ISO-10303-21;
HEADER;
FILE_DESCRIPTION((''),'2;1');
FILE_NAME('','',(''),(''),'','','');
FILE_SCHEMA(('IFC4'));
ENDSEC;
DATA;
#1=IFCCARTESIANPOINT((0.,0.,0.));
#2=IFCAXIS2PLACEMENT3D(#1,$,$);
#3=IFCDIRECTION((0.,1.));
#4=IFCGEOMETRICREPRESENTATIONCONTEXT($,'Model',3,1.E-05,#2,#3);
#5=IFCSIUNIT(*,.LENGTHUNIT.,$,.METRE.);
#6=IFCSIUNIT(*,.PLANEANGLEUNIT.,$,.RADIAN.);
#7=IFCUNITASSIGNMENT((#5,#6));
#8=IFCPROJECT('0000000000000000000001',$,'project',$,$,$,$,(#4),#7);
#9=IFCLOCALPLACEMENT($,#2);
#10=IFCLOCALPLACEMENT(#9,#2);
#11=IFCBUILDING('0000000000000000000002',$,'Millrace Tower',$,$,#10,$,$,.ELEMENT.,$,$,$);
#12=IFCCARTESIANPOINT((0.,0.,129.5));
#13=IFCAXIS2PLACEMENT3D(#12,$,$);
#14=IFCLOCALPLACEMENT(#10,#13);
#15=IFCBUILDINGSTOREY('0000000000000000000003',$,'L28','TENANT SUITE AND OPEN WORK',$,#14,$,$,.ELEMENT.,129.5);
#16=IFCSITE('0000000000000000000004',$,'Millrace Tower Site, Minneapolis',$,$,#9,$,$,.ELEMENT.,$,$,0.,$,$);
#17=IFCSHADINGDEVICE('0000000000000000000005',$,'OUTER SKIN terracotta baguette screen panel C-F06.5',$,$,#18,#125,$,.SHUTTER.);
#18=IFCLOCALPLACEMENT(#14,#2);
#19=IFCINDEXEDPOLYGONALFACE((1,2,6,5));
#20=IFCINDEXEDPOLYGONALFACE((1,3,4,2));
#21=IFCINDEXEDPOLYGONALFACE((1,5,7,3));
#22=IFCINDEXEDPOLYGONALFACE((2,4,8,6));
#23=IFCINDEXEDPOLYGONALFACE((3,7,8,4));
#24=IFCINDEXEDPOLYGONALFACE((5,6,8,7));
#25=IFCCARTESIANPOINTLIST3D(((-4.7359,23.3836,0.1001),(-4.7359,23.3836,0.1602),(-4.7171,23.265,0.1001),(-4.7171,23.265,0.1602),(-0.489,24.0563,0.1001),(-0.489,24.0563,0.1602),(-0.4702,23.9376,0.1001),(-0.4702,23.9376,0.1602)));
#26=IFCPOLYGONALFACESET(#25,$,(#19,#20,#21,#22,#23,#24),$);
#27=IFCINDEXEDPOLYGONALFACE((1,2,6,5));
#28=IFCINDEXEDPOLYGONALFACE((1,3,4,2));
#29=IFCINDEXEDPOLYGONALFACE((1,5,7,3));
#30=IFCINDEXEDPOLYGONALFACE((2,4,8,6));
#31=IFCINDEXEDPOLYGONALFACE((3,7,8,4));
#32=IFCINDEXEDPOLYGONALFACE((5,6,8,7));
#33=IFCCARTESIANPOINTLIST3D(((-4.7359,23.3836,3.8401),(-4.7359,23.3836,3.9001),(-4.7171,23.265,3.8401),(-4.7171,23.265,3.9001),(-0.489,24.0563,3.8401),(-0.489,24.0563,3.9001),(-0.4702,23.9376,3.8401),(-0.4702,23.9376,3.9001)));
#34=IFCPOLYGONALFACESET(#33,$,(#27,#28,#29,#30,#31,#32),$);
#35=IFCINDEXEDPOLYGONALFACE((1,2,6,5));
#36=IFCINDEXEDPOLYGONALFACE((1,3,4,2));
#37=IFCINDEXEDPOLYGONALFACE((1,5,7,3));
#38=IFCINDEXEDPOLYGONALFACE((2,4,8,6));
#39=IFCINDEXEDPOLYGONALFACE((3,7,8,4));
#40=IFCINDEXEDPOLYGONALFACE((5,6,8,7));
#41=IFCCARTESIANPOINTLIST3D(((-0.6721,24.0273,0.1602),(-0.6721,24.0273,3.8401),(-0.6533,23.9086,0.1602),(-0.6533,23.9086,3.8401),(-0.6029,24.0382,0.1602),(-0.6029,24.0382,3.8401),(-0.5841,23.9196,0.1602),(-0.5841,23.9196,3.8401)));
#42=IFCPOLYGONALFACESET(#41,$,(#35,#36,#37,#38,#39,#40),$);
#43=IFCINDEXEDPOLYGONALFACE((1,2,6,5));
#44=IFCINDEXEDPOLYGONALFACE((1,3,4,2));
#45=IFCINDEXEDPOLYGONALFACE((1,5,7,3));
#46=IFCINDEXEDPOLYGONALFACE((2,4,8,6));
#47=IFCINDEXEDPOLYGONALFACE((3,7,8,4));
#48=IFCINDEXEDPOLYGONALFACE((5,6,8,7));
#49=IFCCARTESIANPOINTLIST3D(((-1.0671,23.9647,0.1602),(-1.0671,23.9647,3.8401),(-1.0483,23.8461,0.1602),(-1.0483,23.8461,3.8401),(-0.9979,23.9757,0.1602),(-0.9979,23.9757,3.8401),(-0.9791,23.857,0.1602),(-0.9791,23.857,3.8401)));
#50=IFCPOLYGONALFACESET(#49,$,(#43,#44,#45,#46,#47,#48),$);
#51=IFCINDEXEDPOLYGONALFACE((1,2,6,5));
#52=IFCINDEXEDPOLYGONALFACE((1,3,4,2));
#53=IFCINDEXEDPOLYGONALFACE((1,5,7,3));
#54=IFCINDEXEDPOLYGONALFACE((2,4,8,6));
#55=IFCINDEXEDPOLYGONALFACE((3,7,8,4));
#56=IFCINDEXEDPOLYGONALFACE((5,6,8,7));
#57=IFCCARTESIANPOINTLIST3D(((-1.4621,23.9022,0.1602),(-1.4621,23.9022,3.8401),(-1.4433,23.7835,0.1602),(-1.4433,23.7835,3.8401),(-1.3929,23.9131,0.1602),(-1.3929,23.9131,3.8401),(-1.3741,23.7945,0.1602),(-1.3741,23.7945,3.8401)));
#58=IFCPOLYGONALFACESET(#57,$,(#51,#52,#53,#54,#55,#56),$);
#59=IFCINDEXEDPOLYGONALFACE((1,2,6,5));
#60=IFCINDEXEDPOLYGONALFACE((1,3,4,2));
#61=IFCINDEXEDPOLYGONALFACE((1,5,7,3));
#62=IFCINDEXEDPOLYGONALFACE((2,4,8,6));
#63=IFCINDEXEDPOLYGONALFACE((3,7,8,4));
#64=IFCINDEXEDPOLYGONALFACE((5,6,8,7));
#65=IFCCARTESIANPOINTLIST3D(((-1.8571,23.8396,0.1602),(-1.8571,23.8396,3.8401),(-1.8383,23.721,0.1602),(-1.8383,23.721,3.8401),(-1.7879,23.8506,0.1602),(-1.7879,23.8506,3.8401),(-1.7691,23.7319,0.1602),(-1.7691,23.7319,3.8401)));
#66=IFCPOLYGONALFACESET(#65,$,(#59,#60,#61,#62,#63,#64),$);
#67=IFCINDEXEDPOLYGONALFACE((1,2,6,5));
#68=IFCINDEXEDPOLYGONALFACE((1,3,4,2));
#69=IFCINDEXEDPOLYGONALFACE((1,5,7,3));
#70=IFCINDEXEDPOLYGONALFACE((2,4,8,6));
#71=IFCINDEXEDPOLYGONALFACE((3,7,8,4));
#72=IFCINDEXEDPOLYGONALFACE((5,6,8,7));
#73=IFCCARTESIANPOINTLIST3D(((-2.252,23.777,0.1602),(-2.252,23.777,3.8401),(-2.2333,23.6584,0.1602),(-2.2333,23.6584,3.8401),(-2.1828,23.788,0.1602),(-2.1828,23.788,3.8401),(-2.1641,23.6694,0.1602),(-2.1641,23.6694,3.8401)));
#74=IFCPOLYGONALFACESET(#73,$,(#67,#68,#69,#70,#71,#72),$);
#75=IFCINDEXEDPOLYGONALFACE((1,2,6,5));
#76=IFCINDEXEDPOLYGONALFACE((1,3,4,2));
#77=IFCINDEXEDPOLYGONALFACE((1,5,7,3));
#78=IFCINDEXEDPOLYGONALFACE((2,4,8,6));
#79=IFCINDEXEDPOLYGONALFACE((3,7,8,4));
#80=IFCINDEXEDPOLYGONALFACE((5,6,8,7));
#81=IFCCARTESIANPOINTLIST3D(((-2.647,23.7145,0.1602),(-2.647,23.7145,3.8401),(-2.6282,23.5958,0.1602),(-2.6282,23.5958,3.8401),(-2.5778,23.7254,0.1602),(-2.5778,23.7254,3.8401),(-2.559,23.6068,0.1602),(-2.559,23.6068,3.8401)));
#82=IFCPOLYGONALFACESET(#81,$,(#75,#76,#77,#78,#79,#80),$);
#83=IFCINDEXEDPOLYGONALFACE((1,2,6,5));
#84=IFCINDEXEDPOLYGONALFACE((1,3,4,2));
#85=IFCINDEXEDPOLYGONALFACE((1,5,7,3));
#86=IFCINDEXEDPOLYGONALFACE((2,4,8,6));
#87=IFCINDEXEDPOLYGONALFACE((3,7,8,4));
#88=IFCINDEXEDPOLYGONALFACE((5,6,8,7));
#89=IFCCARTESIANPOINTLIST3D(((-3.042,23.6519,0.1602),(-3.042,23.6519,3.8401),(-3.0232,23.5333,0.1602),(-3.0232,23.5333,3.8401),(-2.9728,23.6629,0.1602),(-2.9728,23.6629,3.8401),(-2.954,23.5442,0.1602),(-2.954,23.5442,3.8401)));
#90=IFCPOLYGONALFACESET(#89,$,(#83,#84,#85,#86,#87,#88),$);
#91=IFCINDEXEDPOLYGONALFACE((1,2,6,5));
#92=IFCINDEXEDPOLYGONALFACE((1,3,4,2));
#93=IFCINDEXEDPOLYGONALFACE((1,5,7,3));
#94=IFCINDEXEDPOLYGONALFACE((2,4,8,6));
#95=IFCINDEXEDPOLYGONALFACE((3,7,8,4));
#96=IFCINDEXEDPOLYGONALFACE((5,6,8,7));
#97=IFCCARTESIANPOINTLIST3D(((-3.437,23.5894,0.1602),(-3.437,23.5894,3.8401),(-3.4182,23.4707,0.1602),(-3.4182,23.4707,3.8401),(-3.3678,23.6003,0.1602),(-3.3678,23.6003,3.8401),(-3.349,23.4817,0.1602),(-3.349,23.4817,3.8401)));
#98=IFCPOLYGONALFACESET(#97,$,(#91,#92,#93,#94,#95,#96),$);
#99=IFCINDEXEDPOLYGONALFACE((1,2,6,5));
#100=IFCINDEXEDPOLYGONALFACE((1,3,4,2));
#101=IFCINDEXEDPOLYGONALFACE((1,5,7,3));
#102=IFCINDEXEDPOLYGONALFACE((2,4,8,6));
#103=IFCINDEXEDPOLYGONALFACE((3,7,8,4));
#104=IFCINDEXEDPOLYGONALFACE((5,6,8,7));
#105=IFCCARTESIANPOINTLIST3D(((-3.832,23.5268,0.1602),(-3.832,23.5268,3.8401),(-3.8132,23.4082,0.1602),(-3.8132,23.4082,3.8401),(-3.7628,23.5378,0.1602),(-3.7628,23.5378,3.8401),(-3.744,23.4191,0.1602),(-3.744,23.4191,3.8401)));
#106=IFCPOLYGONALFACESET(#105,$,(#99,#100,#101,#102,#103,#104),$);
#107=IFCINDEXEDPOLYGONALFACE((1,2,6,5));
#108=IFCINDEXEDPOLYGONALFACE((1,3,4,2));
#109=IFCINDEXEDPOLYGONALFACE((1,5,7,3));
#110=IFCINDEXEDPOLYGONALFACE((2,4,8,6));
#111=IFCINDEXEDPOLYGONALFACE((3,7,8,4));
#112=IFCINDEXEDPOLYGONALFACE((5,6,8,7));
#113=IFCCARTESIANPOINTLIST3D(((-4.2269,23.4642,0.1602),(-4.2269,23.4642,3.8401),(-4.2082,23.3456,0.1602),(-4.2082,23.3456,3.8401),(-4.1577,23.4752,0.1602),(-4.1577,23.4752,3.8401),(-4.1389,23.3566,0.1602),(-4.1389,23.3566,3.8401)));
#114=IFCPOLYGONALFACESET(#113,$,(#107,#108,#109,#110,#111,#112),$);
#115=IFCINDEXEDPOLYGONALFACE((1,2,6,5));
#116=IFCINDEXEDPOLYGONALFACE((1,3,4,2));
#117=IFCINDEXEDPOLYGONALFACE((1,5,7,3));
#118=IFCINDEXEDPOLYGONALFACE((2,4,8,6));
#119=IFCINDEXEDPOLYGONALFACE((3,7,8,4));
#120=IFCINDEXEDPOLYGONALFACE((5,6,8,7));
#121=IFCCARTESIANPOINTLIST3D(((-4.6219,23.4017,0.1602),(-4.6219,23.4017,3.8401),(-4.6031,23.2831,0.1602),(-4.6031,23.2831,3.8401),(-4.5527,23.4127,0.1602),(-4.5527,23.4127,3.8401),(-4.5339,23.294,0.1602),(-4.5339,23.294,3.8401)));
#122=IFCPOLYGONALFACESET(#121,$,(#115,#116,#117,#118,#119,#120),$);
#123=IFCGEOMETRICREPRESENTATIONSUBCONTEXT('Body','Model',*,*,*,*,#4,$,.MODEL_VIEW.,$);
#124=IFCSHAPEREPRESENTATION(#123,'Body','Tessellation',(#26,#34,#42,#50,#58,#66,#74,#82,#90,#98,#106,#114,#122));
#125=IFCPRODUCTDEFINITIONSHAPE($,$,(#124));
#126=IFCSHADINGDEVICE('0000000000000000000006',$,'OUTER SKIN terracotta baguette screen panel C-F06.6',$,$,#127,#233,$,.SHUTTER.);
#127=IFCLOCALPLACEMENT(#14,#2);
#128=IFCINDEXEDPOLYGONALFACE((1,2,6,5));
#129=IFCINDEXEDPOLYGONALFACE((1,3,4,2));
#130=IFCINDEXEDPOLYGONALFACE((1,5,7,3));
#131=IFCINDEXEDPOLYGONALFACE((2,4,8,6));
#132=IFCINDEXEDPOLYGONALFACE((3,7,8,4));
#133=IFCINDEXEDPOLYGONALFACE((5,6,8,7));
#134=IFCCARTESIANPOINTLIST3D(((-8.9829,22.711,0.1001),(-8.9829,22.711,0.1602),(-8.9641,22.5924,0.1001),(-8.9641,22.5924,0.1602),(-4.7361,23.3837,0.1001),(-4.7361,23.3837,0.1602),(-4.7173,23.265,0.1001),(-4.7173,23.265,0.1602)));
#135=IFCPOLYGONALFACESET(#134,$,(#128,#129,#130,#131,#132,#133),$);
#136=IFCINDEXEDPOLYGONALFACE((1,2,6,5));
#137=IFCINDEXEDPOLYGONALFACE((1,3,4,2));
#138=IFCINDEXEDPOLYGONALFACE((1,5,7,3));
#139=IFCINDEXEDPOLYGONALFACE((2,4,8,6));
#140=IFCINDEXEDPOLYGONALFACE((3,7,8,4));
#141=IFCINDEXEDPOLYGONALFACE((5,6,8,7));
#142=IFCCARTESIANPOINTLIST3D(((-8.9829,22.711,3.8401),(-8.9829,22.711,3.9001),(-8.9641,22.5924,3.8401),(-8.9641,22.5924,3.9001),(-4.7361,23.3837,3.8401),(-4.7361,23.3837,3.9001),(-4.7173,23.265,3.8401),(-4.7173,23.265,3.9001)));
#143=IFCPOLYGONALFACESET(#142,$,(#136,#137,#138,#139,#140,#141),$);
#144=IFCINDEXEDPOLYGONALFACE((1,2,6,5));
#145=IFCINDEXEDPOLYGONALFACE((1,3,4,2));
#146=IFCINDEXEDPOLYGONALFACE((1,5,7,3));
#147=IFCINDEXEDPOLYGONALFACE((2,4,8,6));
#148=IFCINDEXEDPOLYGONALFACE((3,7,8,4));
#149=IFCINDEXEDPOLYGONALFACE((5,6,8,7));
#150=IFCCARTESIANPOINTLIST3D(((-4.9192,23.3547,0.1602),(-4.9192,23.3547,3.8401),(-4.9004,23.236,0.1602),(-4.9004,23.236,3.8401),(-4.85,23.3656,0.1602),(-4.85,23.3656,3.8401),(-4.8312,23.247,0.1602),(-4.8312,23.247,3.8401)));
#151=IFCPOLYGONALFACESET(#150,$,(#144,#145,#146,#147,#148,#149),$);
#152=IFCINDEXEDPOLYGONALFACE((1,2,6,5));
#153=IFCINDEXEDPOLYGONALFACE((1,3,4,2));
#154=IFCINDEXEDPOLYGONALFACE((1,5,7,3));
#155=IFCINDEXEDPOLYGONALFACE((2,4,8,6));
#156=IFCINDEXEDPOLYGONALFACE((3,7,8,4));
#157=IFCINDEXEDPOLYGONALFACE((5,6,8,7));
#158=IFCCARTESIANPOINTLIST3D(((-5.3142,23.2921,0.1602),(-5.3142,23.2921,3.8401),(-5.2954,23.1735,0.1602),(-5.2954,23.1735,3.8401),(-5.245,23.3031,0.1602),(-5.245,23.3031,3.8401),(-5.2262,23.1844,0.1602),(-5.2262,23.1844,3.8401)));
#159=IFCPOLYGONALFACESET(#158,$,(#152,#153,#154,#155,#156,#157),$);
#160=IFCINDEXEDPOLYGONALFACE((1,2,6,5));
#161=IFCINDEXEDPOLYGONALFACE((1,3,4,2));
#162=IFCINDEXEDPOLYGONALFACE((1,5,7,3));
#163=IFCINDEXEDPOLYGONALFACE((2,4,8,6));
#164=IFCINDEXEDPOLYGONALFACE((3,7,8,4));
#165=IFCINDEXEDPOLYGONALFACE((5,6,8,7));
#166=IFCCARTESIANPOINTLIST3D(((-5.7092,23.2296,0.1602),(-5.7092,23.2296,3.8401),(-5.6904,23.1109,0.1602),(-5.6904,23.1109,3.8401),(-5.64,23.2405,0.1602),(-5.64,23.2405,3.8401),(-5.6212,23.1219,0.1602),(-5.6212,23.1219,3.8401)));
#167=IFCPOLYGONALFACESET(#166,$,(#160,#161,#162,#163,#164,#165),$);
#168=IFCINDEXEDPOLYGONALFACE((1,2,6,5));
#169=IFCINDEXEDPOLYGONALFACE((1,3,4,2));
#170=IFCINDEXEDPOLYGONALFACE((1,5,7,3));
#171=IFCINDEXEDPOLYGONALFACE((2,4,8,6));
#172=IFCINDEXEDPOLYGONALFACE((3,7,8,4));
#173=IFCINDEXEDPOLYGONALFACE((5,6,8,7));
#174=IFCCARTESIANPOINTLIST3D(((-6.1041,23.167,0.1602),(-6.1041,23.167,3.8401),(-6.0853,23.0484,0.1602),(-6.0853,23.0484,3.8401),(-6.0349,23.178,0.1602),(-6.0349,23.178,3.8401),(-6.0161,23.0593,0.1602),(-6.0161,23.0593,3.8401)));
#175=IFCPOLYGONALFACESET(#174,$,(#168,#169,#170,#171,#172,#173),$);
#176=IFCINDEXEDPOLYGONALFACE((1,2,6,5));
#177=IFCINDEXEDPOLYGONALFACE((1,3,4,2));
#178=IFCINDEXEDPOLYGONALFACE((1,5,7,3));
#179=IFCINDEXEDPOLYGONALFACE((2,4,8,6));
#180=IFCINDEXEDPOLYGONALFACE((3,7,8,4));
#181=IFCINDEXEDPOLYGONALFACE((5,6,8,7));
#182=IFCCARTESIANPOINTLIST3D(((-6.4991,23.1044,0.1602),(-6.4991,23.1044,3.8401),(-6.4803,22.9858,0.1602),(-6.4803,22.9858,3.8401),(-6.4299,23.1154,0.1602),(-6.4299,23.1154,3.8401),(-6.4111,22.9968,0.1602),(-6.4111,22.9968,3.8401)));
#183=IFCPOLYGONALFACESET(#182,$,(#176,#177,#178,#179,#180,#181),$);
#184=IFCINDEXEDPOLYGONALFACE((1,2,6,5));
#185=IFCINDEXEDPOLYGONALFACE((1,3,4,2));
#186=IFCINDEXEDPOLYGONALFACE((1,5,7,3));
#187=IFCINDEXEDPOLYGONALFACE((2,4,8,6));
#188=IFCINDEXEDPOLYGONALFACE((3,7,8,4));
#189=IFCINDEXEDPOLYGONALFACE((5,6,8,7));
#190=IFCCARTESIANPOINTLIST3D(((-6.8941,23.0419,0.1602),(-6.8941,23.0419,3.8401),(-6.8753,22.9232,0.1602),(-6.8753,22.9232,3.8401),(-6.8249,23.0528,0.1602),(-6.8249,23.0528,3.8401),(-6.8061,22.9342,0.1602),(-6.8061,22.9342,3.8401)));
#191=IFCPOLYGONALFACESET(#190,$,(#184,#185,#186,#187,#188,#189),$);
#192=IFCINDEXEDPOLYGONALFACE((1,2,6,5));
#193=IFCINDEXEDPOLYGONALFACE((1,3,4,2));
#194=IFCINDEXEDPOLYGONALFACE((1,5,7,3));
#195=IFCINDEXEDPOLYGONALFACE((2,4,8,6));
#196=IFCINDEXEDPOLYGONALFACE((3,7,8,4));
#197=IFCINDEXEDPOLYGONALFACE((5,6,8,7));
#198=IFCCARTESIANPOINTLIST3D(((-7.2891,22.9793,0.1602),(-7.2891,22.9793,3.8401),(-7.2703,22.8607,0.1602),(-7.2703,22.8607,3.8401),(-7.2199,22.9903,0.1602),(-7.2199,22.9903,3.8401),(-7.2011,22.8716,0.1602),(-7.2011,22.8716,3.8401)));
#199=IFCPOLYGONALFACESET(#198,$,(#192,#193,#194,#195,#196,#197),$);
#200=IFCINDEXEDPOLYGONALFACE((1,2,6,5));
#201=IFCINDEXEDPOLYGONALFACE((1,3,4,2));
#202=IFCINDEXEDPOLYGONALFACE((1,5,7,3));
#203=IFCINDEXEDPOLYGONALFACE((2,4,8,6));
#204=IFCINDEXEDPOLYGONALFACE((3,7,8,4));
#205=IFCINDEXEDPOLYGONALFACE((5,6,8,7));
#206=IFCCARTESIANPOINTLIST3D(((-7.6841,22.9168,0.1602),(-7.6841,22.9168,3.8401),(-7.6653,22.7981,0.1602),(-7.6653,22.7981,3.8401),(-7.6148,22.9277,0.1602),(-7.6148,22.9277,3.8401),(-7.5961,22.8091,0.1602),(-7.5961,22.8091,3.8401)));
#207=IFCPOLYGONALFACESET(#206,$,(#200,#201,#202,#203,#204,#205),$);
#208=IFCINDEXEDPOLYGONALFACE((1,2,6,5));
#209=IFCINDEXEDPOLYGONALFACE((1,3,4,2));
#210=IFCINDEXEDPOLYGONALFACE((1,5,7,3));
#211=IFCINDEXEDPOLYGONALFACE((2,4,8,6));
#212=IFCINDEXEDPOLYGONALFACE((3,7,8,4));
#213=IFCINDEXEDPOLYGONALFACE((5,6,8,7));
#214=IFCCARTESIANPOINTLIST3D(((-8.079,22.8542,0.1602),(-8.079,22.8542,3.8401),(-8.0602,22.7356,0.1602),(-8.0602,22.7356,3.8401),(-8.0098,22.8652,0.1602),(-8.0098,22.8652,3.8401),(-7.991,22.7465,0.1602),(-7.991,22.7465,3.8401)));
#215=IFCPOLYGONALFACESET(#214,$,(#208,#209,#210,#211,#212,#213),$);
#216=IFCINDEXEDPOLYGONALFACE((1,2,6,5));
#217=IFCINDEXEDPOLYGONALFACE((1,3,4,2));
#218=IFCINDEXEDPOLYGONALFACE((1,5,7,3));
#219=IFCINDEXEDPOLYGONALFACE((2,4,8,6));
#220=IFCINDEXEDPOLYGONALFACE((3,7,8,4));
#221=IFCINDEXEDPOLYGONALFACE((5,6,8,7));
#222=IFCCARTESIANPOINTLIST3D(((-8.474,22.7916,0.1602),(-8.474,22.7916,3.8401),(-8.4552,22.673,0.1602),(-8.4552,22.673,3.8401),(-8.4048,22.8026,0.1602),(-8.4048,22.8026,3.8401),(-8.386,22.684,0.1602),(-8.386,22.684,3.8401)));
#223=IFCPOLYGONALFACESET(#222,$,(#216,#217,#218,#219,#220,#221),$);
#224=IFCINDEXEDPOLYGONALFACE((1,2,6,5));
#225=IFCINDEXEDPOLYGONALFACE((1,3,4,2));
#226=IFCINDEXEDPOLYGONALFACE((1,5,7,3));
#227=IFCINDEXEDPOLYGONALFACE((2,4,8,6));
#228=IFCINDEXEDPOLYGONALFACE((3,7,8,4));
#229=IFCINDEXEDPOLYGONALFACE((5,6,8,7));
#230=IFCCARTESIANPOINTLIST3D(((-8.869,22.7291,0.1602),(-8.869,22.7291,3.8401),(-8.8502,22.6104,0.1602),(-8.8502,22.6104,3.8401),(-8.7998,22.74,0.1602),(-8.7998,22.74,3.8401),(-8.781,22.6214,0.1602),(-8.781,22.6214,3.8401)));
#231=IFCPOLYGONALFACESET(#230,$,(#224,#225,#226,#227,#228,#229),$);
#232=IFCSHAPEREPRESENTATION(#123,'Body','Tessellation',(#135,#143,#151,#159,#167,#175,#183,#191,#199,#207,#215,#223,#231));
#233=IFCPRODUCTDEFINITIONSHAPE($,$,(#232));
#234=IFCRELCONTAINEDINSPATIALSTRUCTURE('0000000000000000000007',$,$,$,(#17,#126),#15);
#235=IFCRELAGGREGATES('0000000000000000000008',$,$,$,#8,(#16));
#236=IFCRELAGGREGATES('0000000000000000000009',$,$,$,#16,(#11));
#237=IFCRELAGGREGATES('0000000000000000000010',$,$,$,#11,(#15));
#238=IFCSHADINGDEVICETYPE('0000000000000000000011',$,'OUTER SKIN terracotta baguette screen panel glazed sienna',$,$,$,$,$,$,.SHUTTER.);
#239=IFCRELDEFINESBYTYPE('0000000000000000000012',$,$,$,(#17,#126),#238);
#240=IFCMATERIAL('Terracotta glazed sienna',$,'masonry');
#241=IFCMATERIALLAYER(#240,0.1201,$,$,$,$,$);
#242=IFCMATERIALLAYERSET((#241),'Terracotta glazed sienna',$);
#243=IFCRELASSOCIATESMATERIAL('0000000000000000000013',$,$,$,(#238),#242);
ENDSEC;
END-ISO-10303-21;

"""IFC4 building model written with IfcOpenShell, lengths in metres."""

from ifc_helpers import new_model, entity, si_unit, direction, frame, frame_2d, origin, origin_2d, place, context, subcontext, project, spatial, rectangle, extrude, source, transform, mapped, material, layer, layer_set, type_object, element, save


model = new_model("IFC4")

# Units and contexts
model_context = context("Model", 3, precision=1e-05, world=origin(), true_north=direction((0.0, 1.0)))
body_context = subcontext(model_context, "Body", "Model", "MODEL_VIEW")
ifc_project = project(units=[si_unit("LENGTHUNIT", "METRE"), si_unit("PLANEANGLEUNIT", "RADIAN")], contexts=[model_context])

# Site, building, storey
site_placement = place(None, origin())
site = spatial("IfcSite", under=ifc_project, at=site_placement, Name="Millrace Tower Site, Minneapolis", CompositionType="ELEMENT", RefElevation=0.0)
building_placement = place(site_placement, origin())
building = spatial("IfcBuilding", under=site, at=building_placement, Name="Millrace Tower", CompositionType="ELEMENT")
storey_placement = place(building_placement, frame((0.0, 0.0, 129.5)))
storey = spatial("IfcBuildingStorey", under=building, at=storey_placement, Name="L28", Description="TENANT SUITE AND OPEN WORK", CompositionType="ELEMENT", Elevation=129.5)

# Shading devices
ifc_material_1 = material(Name="Terracotta glazed sienna", Category="masonry")
ifc_layer_1 = layer(ifc_material_1, 0.1201)
ifc_layer_set_1 = layer_set([ifc_layer_1], Name="Terracotta glazed sienna")
shading_device_type = type_object("IfcShadingDeviceType", Name="OUTER SKIN terracotta baguette screen panel glazed sienna", PredefinedType="SHUTTER", material=ifc_layer_set_1)
cartesian_point = entity("IfcCartesianPoint", [-2.1499, 0.0601])
shared_polyline = entity("IfcPolyline", [cartesian_point, entity("IfcCartesianPoint", [2.1499, 0.0601]), entity("IfcCartesianPoint", [2.1499, -0.0601]), entity("IfcCartesianPoint", [-2.1499, -0.0601]), cartesian_point])
shared_shape = source(origin(), body_context, "Body", "SweptSolid", [
    entity("IfcExtrudedAreaSolid", entity("IfcArbitraryClosedProfileDef", "AREA", None, shared_polyline), entity("IfcAxis2Placement3D", entity("IfcCartesianPoint", [0.0, 0.0, 0.0])), entity("IfcDirection", [0.0, 0.0, 1.0]), 0.0601),
    entity("IfcExtrudedAreaSolid", entity("IfcArbitraryClosedProfileDef", "AREA", None, shared_polyline), entity("IfcAxis2Placement3D", entity("IfcCartesianPoint", [0.0, 0.0, 3.74])), entity("IfcDirection", [0.0, 0.0, 1.0]), 0.0601),
    extrude(rectangle(XDim=0.0701, YDim=0.1201, at=frame_2d((-1.9995, 0.0))), frame((0.0, 0.0, 0.0601)), (0.0, 0.0, 1.0), 3.6799),
    extrude(rectangle(XDim=0.0701, YDim=0.1201, at=frame_2d((-1.5996, 0.0))), frame((0.0, 0.0, 0.0601)), (0.0, 0.0, 1.0), 3.6799),
    extrude(rectangle(XDim=0.0701, YDim=0.1201, at=frame_2d((-1.1997, 0.0))), frame((0.0, 0.0, 0.0601)), (0.0, 0.0, 1.0), 3.6799),
    extrude(rectangle(XDim=0.0701, YDim=0.1201, at=frame_2d((-0.7998, 0.0))), frame((0.0, 0.0, 0.0601)), (0.0, 0.0, 1.0), 3.6799),
    extrude(rectangle(XDim=0.0701, YDim=0.1201, at=frame_2d((-0.3999, 0.0))), frame((0.0, 0.0, 0.0601)), (0.0, 0.0, 1.0), 3.6799),
    extrude(rectangle(XDim=0.0701, YDim=0.1201, at=origin_2d()), frame((0.0, 0.0, 0.0601)), (0.0, 0.0, 1.0), 3.6799),
    extrude(rectangle(XDim=0.0701, YDim=0.1201, at=frame_2d((0.3999, 0.0))), frame((0.0, 0.0, 0.0601)), (0.0, 0.0, 1.0), 3.6799),
    extrude(rectangle(XDim=0.0701, YDim=0.1201, at=frame_2d((0.7998, 0.0))), frame((0.0, 0.0, 0.0601)), (0.0, 0.0, 1.0), 3.6799),
    extrude(rectangle(XDim=0.0701, YDim=0.1201, at=frame_2d((1.1997, 0.0))), frame((0.0, 0.0, 0.0601)), (0.0, 0.0, 1.0), 3.6799),
    extrude(rectangle(XDim=0.0701, YDim=0.1201, at=frame_2d((1.5996, 0.0))), frame((0.0, 0.0, 0.0601)), (0.0, 0.0, 1.0), 3.6799),
    extrude(rectangle(XDim=0.0701, YDim=0.1201, at=frame_2d((1.9995, 0.0))), frame((0.0, 0.0, 0.0601)), (0.0, 0.0, 1.0), 3.6799),
])
for number, where, z_axis, x_axis, name in (
    (1, (-2.603, 23.6606, 0.1001), (0.0, 0.0, 1.0), (-0.987688, -0.156434, 0.0), "OUTER SKIN terracotta baguette screen panel C-F06.5"),
    (2, (-6.8501, 22.988, 0.1001), (0.0, 0.0, 1.0), (-0.987688, -0.156434, 0.0), "OUTER SKIN terracotta baguette screen panel C-F06.6"),
):
    element("IfcShadingDevice", number, at=place(storey_placement, frame(where, z_axis=z_axis, x_axis=x_axis)), inside=storey, type_object=shading_device_type, Name=name, PredefinedType="SHUTTER", context=body_context, shape_type="MappedRepresentation", body=[
        mapped(shared_shape, transform((0.0, 0.0, 0.0), scale=1.0)),
    ])

save(model, "model.ifc")
